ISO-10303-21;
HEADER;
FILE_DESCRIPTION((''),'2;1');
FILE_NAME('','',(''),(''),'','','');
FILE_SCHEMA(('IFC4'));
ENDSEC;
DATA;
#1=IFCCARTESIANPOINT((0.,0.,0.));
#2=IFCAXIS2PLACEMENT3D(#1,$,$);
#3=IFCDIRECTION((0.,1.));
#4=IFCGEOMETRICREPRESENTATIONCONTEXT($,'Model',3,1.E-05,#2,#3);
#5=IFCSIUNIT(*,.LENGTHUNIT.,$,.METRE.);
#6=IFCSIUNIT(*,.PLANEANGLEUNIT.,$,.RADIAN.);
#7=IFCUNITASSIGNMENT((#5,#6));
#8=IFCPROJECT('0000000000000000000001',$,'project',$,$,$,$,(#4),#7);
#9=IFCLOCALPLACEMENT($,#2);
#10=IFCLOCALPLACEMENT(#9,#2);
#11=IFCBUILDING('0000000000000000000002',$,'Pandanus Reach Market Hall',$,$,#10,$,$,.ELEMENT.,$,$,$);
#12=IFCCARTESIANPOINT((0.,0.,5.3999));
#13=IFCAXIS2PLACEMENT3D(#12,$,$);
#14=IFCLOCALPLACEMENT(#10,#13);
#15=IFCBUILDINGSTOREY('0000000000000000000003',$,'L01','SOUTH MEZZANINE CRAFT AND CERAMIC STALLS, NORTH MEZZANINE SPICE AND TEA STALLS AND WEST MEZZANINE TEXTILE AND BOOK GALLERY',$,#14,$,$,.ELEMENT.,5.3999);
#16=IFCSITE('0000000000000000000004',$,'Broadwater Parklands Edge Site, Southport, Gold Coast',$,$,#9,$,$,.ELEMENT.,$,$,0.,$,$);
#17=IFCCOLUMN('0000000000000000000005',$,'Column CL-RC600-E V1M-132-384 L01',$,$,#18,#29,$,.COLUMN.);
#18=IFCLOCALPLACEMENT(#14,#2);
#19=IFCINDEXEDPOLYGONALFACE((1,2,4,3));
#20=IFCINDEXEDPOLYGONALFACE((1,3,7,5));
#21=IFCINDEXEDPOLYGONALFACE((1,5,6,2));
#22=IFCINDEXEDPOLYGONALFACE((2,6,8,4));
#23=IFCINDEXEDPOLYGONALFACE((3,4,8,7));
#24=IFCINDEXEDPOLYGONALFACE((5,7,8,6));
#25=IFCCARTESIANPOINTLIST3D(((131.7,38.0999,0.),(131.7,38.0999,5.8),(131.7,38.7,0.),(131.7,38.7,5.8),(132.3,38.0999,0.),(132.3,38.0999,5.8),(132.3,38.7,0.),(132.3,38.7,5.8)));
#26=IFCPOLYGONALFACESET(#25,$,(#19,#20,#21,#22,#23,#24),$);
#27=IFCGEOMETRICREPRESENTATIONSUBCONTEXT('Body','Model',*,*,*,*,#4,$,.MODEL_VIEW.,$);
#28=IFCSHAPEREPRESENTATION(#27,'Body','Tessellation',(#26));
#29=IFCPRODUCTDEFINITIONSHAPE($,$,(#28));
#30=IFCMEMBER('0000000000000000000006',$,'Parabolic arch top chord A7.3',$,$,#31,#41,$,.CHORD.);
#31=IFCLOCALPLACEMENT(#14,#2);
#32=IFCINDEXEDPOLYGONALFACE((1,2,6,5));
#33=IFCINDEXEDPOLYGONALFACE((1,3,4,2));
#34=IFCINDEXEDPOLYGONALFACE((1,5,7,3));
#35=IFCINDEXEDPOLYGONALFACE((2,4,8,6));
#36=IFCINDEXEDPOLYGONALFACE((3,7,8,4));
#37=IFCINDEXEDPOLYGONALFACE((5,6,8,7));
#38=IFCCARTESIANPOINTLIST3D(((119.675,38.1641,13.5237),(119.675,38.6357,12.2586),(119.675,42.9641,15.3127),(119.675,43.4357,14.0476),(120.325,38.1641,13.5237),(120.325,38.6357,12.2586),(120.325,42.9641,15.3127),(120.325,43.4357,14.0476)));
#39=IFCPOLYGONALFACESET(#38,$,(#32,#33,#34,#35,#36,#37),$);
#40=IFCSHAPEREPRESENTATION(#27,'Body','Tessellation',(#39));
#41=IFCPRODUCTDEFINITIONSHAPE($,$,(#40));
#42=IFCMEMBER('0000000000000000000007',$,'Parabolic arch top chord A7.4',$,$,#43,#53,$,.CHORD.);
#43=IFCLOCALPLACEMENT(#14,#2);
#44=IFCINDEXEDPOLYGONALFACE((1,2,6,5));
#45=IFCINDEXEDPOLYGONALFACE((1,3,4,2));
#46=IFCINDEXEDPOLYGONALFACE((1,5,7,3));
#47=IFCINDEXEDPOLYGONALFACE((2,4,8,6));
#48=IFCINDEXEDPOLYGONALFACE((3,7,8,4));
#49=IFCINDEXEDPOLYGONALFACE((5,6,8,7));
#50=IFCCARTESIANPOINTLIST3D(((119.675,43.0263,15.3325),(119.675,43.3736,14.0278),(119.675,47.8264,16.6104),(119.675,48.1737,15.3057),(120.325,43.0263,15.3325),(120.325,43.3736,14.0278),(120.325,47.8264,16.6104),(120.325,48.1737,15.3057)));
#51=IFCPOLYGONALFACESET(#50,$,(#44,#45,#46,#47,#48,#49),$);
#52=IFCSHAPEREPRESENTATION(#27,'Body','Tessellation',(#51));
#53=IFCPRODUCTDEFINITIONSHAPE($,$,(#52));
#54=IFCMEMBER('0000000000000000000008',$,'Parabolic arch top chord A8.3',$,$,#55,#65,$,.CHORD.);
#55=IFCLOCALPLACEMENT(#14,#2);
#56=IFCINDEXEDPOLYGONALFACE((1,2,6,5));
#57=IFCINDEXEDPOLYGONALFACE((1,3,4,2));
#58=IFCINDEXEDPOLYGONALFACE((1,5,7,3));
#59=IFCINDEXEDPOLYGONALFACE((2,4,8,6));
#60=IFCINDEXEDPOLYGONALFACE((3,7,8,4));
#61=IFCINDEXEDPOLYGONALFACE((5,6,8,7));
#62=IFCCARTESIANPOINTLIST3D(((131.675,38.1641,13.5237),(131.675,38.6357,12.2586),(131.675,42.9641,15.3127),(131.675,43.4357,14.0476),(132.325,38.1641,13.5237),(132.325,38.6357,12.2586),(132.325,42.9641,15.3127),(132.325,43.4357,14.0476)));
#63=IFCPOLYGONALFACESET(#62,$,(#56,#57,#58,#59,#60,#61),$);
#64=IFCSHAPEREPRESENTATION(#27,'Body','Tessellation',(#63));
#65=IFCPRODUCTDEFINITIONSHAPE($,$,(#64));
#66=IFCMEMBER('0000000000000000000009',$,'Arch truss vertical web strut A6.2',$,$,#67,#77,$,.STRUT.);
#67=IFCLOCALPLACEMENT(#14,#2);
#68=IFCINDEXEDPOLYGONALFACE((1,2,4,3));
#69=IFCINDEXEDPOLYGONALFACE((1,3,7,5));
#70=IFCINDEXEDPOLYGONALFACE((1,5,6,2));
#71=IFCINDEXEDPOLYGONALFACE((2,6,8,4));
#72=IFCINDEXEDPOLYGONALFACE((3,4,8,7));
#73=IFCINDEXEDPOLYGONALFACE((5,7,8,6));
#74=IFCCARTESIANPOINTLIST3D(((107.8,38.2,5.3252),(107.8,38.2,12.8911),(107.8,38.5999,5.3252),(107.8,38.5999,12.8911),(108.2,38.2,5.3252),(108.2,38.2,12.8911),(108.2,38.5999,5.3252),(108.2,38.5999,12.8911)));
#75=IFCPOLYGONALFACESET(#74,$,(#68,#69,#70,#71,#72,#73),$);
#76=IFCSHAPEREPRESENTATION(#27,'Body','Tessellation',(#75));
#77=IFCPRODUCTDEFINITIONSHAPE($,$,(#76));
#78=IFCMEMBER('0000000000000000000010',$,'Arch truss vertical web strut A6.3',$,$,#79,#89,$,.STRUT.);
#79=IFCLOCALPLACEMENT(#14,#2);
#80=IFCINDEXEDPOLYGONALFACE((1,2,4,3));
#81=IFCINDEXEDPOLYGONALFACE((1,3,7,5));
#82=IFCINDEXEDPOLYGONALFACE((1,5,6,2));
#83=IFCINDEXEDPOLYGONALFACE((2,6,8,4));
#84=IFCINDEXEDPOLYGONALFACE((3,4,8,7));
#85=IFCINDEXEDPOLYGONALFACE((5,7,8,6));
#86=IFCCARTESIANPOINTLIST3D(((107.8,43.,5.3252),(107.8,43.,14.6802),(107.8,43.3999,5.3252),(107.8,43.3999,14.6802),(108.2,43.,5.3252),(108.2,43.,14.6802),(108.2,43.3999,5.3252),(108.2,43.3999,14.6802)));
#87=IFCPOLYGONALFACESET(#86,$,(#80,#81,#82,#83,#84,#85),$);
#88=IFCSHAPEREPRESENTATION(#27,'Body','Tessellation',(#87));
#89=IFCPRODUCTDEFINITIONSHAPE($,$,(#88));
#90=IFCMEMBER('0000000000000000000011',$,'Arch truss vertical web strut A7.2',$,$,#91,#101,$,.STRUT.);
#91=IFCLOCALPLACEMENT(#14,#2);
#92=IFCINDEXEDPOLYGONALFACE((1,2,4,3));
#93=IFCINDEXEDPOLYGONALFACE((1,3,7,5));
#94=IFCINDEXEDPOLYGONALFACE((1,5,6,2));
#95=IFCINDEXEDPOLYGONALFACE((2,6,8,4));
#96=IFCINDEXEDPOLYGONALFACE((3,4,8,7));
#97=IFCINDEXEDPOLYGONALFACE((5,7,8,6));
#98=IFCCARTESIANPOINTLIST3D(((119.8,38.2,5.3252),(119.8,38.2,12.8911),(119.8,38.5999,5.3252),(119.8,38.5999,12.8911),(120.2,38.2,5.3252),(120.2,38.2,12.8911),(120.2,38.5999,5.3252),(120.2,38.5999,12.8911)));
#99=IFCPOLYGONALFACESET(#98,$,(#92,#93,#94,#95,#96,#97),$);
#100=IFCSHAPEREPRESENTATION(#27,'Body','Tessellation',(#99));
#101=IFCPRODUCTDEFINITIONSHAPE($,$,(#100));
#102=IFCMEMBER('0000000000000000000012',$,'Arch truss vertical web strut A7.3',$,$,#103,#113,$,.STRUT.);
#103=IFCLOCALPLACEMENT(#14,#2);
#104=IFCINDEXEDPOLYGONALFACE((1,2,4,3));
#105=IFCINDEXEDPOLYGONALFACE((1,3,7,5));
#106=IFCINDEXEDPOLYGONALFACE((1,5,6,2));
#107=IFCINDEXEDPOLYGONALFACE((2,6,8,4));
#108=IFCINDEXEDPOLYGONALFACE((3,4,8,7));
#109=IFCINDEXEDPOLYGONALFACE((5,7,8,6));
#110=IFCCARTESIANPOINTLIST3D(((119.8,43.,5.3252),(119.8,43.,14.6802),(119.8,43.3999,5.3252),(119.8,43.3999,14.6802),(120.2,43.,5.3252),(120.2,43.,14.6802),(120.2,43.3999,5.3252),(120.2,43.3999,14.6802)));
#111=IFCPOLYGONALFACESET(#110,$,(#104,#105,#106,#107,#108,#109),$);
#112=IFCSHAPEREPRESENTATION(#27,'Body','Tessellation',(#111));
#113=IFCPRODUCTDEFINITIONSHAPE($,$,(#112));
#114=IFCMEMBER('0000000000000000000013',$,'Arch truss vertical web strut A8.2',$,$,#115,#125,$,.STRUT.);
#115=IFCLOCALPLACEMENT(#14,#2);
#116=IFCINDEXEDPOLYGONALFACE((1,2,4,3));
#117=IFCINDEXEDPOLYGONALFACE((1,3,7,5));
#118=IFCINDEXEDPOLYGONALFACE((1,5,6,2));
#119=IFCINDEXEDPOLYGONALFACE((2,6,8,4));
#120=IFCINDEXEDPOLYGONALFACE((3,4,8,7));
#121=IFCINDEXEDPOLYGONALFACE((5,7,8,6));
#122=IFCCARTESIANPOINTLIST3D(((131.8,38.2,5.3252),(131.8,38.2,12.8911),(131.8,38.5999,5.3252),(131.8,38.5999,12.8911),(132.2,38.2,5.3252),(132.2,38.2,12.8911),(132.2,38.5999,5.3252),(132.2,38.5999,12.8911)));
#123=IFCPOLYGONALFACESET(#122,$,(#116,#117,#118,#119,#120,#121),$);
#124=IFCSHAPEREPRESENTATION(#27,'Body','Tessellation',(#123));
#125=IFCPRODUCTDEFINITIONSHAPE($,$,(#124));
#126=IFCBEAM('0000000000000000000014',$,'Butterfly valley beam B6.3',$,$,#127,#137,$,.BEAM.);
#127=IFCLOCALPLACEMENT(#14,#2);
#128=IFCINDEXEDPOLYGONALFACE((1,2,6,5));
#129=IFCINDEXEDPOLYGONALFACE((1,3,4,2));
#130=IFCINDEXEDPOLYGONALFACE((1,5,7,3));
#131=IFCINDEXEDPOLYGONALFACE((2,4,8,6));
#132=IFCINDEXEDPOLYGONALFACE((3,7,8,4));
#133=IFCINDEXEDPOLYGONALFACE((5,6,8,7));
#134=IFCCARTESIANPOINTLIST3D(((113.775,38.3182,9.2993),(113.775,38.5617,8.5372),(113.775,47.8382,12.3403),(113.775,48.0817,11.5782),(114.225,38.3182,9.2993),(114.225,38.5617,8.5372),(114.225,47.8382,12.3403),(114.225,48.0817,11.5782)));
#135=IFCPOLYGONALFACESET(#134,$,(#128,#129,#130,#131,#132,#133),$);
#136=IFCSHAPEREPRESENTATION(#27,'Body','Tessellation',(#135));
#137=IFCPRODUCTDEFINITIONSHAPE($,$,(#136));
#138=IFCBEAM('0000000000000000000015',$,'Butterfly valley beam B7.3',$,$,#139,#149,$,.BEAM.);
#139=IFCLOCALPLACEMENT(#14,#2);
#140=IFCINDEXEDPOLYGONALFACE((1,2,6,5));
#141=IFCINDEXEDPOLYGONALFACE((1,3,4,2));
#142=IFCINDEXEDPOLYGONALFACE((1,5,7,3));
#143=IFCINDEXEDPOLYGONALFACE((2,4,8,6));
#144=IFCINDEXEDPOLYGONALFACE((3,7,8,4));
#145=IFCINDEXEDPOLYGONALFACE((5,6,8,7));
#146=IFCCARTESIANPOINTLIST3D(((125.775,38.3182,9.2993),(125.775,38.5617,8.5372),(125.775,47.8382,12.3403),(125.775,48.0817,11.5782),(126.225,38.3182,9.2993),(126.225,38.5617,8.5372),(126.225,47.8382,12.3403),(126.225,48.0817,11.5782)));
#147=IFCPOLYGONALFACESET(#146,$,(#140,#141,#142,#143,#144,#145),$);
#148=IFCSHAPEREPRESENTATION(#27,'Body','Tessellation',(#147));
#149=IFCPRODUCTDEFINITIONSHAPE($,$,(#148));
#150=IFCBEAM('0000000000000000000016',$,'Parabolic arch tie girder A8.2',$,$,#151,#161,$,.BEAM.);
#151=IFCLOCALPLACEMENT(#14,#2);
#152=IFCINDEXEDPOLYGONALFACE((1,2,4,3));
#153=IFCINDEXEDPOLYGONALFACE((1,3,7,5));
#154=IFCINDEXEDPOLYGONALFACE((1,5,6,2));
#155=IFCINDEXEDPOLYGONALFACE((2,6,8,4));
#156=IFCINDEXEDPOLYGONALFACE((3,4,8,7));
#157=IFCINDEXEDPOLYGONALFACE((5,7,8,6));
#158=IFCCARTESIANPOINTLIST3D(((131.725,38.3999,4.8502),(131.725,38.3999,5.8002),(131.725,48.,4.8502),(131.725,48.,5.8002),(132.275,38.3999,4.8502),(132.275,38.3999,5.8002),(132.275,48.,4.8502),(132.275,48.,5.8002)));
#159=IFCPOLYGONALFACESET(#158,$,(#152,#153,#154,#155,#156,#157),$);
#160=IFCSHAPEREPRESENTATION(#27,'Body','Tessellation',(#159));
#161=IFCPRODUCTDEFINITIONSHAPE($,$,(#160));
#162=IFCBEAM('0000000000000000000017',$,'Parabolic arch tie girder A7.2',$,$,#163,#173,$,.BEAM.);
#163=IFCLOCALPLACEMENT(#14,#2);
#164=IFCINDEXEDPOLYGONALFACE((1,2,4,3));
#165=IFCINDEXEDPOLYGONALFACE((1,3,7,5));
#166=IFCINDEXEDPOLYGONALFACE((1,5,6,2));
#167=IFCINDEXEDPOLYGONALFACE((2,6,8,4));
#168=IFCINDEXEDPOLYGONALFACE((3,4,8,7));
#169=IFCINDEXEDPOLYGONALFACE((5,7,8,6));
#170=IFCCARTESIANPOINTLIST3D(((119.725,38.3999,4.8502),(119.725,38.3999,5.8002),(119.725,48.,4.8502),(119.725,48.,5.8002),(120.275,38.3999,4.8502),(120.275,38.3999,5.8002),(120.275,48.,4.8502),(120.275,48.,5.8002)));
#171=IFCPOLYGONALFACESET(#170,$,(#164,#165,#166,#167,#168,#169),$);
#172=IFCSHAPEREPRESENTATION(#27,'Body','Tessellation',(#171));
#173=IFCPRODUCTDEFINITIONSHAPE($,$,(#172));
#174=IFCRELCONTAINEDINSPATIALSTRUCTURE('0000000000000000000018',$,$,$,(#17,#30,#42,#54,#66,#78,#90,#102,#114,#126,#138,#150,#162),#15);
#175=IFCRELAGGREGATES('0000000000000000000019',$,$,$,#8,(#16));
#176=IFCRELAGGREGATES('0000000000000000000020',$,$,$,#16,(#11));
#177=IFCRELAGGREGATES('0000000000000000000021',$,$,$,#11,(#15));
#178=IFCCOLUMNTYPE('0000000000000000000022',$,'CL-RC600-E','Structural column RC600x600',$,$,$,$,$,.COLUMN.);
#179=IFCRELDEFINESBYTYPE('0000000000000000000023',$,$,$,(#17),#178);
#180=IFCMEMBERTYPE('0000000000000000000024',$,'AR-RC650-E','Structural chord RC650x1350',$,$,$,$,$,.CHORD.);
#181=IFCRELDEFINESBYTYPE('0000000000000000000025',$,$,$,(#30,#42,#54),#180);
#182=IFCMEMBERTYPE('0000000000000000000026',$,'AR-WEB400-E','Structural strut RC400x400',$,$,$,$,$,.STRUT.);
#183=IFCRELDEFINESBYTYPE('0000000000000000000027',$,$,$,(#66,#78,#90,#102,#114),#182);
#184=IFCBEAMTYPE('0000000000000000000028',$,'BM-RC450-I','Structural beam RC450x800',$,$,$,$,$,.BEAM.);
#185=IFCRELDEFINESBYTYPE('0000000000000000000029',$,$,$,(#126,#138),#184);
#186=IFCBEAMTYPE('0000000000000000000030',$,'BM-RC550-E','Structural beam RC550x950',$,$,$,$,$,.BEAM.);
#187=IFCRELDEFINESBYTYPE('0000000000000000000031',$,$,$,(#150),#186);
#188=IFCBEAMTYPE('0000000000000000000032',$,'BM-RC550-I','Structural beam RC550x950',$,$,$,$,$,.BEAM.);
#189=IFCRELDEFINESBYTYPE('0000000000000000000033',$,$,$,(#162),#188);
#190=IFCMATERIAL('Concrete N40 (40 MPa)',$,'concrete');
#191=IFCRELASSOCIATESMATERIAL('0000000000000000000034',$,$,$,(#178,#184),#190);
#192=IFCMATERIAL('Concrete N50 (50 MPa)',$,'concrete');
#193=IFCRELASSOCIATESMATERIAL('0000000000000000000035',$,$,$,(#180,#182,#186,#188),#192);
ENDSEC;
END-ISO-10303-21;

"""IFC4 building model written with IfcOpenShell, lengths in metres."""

from ifc_helpers import new_model, si_unit, direction, frame, origin, origin_2d, place, context, subcontext, project, spatial, rectangle, extrude, material, material_profile, profile_set, type_object, element, save


model = new_model("IFC4")

# Units and contexts
model_context = context("Model", 3, precision=1e-05, world=origin(), true_north=direction((0.0, 1.0)))
body_context = subcontext(model_context, "Body", "Model", "MODEL_VIEW")
ifc_project = project(units=[si_unit("LENGTHUNIT", "METRE"), si_unit("PLANEANGLEUNIT", "RADIAN")], contexts=[model_context])

# Site, building, storey
site_placement = place(None, origin())
site = spatial("IfcSite", under=ifc_project, at=site_placement, Name="Broadwater Parklands Edge Site, Southport, Gold Coast", CompositionType="ELEMENT", RefElevation=0.0)
building_placement = place(site_placement, origin())
building = spatial("IfcBuilding", under=site, at=building_placement, Name="Pandanus Reach Market Hall", CompositionType="ELEMENT")
storey_placement = place(building_placement, frame((0.0, 0.0, 5.3999)))
storey = spatial("IfcBuildingStorey", under=building, at=storey_placement, Name="L01", Description="SOUTH MEZZANINE CRAFT AND CERAMIC STALLS, NORTH MEZZANINE SPICE AND TEA STALLS AND WEST MEZZANINE TEXTILE AND BOOK GALLERY", CompositionType="ELEMENT", Elevation=5.3999)

# Column
ifc_material_1 = material(Name="Concrete N40 (40 MPa)", Category="concrete")
ifc_material_profile_1 = material_profile(ifc_material_1, rectangle(XDim=0.6001, YDim=0.6001, at=origin_2d()), Name="RC600x600", Category="LoadBearing")
ifc_profile_set_1 = profile_set([ifc_material_profile_1], Name="Concrete N40 (40 MPa)")
column_type = type_object("IfcColumnType", Name="CL-RC600-E", Description="Structural column RC600x600", PredefinedType="COLUMN", material=ifc_profile_set_1)
column_placement = place(storey_placement, frame((132.0, 38.3999, 0.0), z_axis=(0.0, 0.0, 1.0), x_axis=(1.0, 0.0, 0.0)))
element("IfcColumn", 1, at=column_placement, inside=storey, type_object=column_type, Name="Column CL-RC600-E V1M-132-384 L01", PredefinedType="COLUMN", context=body_context, shape_type="SweptSolid", body=[
    extrude(rectangle(XDim=0.6001, YDim=0.6001, at=origin_2d()), origin(), (0.0, 0.0, 1.0), 5.8),
])

# Members
ifc_material_2 = material(Name="Concrete N50 (50 MPa)", Category="concrete")
ifc_material_profile_2 = material_profile(ifc_material_2, rectangle(XDim=0.6499, YDim=1.3501, at=origin_2d()), Name="RC650x1350", Category="LoadBearing")
ifc_profile_set_2 = profile_set([ifc_material_profile_2], Name="Concrete N50 (50 MPa)")
member_type_1 = type_object("IfcMemberType", Name="AR-RC650-E", Description="Structural chord RC650x1350", PredefinedType="CHORD", material=ifc_profile_set_2)
member_1_placement = place(storey_placement, frame((120.0, 38.3999, 12.8911), z_axis=(0.0, 0.93703, 0.349248), x_axis=(-1.0, 0.0, 0.0)))
element("IfcMember", 2, at=member_1_placement, inside=storey, type_object=member_type_1, Name="Parabolic arch top chord A7.3", PredefinedType="CHORD", context=body_context, shape_type="SweptSolid", body=[
    extrude(rectangle(XDim=0.6499, YDim=1.3501, at=origin_2d()), origin(), (0.0, 0.0, 1.0), 5.1226),
])
member_2_placement = place(storey_placement, frame((120.0, 43.2, 14.6802), z_axis=(0.0, 0.966344, 0.257253), x_axis=(-1.0, 0.0, 0.0)))
element("IfcMember", 3, at=member_2_placement, inside=storey, type_object=member_type_1, Name="Parabolic arch top chord A7.4", PredefinedType="CHORD", context=body_context, shape_type="SweptSolid", body=[
    extrude(rectangle(XDim=0.6499, YDim=1.3501, at=origin_2d()), origin(), (0.0, 0.0, 1.0), 4.9673),
])
member_3_placement = place(storey_placement, frame((132.0, 38.3999, 12.8911), z_axis=(0.0, 0.93703, 0.349248), x_axis=(-1.0, 0.0, 0.0)))
element("IfcMember", 4, at=member_3_placement, inside=storey, type_object=member_type_1, Name="Parabolic arch top chord A8.3", PredefinedType="CHORD", context=body_context, shape_type="SweptSolid", body=[
    extrude(rectangle(XDim=0.6499, YDim=1.3501, at=origin_2d()), origin(), (0.0, 0.0, 1.0), 5.1226),
])
ifc_material_profile_3 = material_profile(ifc_material_2, rectangle(XDim=0.3999, YDim=0.3999, at=origin_2d()), Name="RC400x400", Category="LoadBearing")
ifc_profile_set_3 = profile_set([ifc_material_profile_3], Name="Concrete N50 (50 MPa)")
member_type_2 = type_object("IfcMemberType", Name="AR-WEB400-E", Description="Structural strut RC400x400", PredefinedType="STRUT", material=ifc_profile_set_3)
member_4_placement = place(storey_placement, frame((108.0, 38.3999, 5.3252), z_axis=(0.0, 0.0, 1.0), x_axis=(1.0, 0.0, 0.0)))
element("IfcMember", 5, at=member_4_placement, inside=storey, type_object=member_type_2, Name="Arch truss vertical web strut A6.2", PredefinedType="STRUT", context=body_context, shape_type="SweptSolid", body=[
    extrude(rectangle(XDim=0.3999, YDim=0.3999, at=origin_2d()), origin(), (0.0, 0.0, 1.0), 7.5659),
])
member_5_placement = place(storey_placement, frame((108.0, 43.2, 5.3252), z_axis=(0.0, 0.0, 1.0), x_axis=(1.0, 0.0, 0.0)))
element("IfcMember", 6, at=member_5_placement, inside=storey, type_object=member_type_2, Name="Arch truss vertical web strut A6.3", PredefinedType="STRUT", context=body_context, shape_type="SweptSolid", body=[
    extrude(rectangle(XDim=0.3999, YDim=0.3999, at=origin_2d()), origin(), (0.0, 0.0, 1.0), 9.355),
])
member_6_placement = place(storey_placement, frame((120.0, 38.3999, 5.3252), z_axis=(0.0, 0.0, 1.0), x_axis=(1.0, 0.0, 0.0)))
element("IfcMember", 7, at=member_6_placement, inside=storey, type_object=member_type_2, Name="Arch truss vertical web strut A7.2", PredefinedType="STRUT", context=body_context, shape_type="SweptSolid", body=[
    extrude(rectangle(XDim=0.3999, YDim=0.3999, at=origin_2d()), origin(), (0.0, 0.0, 1.0), 7.5659),
])
member_7_placement = place(storey_placement, frame((120.0, 43.2, 5.3252), z_axis=(0.0, 0.0, 1.0), x_axis=(1.0, 0.0, 0.0)))
element("IfcMember", 8, at=member_7_placement, inside=storey, type_object=member_type_2, Name="Arch truss vertical web strut A7.3", PredefinedType="STRUT", context=body_context, shape_type="SweptSolid", body=[
    extrude(rectangle(XDim=0.3999, YDim=0.3999, at=origin_2d()), origin(), (0.0, 0.0, 1.0), 9.355),
])
member_8_placement = place(storey_placement, frame((132.0, 38.3999, 5.3252), z_axis=(0.0, 0.0, 1.0), x_axis=(1.0, 0.0, 0.0)))
element("IfcMember", 9, at=member_8_placement, inside=storey, type_object=member_type_2, Name="Arch truss vertical web strut A8.2", PredefinedType="STRUT", context=body_context, shape_type="SweptSolid", body=[
    extrude(rectangle(XDim=0.3999, YDim=0.3999, at=origin_2d()), origin(), (0.0, 0.0, 1.0), 7.5659),
])

# Beams
ifc_material_profile_4 = material_profile(ifc_material_1, rectangle(XDim=0.45, YDim=0.8, at=origin_2d()), Name="RC450x800", Category="LoadBearing")
ifc_profile_set_4 = profile_set([ifc_material_profile_4], Name="Concrete N40 (40 MPa)")
beam_type_1 = type_object("IfcBeamType", Name="BM-RC450-I", Description="Structural beam RC450x800", PredefinedType="BEAM", material=ifc_profile_set_4)
for number, where, z_axis, x_axis, name in (
    (10, (114.0, 38.4399, 8.9182), (0.0, 0.952581, 0.304286), (-1.0, 0.0, 0.0), "Butterfly valley beam B6.3"),
    (11, (126.0, 38.4399, 8.9182), (0.0, 0.952581, 0.304286), (-1.0, 0.0, 0.0), "Butterfly valley beam B7.3"),
):
    element("IfcBeam", number, at=place(storey_placement, frame(where, z_axis=z_axis, x_axis=x_axis)), inside=storey, type_object=beam_type_1, Name=name, PredefinedType="BEAM", context=body_context, shape_type="SweptSolid", body=[
        extrude(rectangle(XDim=0.45, YDim=0.8, at=origin_2d()), origin(), (0.0, 0.0, 1.0), 9.9939),
    ])
ifc_material_profile_5 = material_profile(ifc_material_2, rectangle(XDim=0.55, YDim=0.95, at=origin_2d()), Name="RC550x950", Category="LoadBearing")
ifc_profile_set_5 = profile_set([ifc_material_profile_5], Name="Concrete N50 (50 MPa)")
beam_type_2 = type_object("IfcBeamType", Name="BM-RC550-E", Description="Structural beam RC550x950", PredefinedType="BEAM", material=ifc_profile_set_5)
beam_1_placement = place(storey_placement, frame((132.0, 38.3999, 5.3252), z_axis=(0.0, 1.0, 0.0), x_axis=(-1.0, 0.0, 0.0)))
element("IfcBeam", 12, at=beam_1_placement, inside=storey, type_object=beam_type_2, Name="Parabolic arch tie girder A8.2", PredefinedType="BEAM", context=body_context, shape_type="SweptSolid", body=[
    extrude(rectangle(XDim=0.55, YDim=0.95, at=origin_2d()), origin(), (0.0, 0.0, 1.0), 9.6001),
])
ifc_material_profile_6 = material_profile(ifc_material_2, rectangle(XDim=0.55, YDim=0.95, at=origin_2d()), Name="RC550x950", Category="LoadBearing")
ifc_profile_set_6 = profile_set([ifc_material_profile_6], Name="Concrete N50 (50 MPa)")
beam_type_3 = type_object("IfcBeamType", Name="BM-RC550-I", Description="Structural beam RC550x950", PredefinedType="BEAM", material=ifc_profile_set_6)
beam_2_placement = place(storey_placement, frame((120.0, 38.3999, 5.3252), z_axis=(0.0, 1.0, 0.0), x_axis=(-1.0, 0.0, 0.0)))
element("IfcBeam", 13, at=beam_2_placement, inside=storey, type_object=beam_type_3, Name="Parabolic arch tie girder A7.2", PredefinedType="BEAM", context=body_context, shape_type="SweptSolid", body=[
    extrude(rectangle(XDim=0.55, YDim=0.95, at=origin_2d()), origin(), (0.0, 0.0, 1.0), 9.6001),
])

save(model, "model.ifc")
